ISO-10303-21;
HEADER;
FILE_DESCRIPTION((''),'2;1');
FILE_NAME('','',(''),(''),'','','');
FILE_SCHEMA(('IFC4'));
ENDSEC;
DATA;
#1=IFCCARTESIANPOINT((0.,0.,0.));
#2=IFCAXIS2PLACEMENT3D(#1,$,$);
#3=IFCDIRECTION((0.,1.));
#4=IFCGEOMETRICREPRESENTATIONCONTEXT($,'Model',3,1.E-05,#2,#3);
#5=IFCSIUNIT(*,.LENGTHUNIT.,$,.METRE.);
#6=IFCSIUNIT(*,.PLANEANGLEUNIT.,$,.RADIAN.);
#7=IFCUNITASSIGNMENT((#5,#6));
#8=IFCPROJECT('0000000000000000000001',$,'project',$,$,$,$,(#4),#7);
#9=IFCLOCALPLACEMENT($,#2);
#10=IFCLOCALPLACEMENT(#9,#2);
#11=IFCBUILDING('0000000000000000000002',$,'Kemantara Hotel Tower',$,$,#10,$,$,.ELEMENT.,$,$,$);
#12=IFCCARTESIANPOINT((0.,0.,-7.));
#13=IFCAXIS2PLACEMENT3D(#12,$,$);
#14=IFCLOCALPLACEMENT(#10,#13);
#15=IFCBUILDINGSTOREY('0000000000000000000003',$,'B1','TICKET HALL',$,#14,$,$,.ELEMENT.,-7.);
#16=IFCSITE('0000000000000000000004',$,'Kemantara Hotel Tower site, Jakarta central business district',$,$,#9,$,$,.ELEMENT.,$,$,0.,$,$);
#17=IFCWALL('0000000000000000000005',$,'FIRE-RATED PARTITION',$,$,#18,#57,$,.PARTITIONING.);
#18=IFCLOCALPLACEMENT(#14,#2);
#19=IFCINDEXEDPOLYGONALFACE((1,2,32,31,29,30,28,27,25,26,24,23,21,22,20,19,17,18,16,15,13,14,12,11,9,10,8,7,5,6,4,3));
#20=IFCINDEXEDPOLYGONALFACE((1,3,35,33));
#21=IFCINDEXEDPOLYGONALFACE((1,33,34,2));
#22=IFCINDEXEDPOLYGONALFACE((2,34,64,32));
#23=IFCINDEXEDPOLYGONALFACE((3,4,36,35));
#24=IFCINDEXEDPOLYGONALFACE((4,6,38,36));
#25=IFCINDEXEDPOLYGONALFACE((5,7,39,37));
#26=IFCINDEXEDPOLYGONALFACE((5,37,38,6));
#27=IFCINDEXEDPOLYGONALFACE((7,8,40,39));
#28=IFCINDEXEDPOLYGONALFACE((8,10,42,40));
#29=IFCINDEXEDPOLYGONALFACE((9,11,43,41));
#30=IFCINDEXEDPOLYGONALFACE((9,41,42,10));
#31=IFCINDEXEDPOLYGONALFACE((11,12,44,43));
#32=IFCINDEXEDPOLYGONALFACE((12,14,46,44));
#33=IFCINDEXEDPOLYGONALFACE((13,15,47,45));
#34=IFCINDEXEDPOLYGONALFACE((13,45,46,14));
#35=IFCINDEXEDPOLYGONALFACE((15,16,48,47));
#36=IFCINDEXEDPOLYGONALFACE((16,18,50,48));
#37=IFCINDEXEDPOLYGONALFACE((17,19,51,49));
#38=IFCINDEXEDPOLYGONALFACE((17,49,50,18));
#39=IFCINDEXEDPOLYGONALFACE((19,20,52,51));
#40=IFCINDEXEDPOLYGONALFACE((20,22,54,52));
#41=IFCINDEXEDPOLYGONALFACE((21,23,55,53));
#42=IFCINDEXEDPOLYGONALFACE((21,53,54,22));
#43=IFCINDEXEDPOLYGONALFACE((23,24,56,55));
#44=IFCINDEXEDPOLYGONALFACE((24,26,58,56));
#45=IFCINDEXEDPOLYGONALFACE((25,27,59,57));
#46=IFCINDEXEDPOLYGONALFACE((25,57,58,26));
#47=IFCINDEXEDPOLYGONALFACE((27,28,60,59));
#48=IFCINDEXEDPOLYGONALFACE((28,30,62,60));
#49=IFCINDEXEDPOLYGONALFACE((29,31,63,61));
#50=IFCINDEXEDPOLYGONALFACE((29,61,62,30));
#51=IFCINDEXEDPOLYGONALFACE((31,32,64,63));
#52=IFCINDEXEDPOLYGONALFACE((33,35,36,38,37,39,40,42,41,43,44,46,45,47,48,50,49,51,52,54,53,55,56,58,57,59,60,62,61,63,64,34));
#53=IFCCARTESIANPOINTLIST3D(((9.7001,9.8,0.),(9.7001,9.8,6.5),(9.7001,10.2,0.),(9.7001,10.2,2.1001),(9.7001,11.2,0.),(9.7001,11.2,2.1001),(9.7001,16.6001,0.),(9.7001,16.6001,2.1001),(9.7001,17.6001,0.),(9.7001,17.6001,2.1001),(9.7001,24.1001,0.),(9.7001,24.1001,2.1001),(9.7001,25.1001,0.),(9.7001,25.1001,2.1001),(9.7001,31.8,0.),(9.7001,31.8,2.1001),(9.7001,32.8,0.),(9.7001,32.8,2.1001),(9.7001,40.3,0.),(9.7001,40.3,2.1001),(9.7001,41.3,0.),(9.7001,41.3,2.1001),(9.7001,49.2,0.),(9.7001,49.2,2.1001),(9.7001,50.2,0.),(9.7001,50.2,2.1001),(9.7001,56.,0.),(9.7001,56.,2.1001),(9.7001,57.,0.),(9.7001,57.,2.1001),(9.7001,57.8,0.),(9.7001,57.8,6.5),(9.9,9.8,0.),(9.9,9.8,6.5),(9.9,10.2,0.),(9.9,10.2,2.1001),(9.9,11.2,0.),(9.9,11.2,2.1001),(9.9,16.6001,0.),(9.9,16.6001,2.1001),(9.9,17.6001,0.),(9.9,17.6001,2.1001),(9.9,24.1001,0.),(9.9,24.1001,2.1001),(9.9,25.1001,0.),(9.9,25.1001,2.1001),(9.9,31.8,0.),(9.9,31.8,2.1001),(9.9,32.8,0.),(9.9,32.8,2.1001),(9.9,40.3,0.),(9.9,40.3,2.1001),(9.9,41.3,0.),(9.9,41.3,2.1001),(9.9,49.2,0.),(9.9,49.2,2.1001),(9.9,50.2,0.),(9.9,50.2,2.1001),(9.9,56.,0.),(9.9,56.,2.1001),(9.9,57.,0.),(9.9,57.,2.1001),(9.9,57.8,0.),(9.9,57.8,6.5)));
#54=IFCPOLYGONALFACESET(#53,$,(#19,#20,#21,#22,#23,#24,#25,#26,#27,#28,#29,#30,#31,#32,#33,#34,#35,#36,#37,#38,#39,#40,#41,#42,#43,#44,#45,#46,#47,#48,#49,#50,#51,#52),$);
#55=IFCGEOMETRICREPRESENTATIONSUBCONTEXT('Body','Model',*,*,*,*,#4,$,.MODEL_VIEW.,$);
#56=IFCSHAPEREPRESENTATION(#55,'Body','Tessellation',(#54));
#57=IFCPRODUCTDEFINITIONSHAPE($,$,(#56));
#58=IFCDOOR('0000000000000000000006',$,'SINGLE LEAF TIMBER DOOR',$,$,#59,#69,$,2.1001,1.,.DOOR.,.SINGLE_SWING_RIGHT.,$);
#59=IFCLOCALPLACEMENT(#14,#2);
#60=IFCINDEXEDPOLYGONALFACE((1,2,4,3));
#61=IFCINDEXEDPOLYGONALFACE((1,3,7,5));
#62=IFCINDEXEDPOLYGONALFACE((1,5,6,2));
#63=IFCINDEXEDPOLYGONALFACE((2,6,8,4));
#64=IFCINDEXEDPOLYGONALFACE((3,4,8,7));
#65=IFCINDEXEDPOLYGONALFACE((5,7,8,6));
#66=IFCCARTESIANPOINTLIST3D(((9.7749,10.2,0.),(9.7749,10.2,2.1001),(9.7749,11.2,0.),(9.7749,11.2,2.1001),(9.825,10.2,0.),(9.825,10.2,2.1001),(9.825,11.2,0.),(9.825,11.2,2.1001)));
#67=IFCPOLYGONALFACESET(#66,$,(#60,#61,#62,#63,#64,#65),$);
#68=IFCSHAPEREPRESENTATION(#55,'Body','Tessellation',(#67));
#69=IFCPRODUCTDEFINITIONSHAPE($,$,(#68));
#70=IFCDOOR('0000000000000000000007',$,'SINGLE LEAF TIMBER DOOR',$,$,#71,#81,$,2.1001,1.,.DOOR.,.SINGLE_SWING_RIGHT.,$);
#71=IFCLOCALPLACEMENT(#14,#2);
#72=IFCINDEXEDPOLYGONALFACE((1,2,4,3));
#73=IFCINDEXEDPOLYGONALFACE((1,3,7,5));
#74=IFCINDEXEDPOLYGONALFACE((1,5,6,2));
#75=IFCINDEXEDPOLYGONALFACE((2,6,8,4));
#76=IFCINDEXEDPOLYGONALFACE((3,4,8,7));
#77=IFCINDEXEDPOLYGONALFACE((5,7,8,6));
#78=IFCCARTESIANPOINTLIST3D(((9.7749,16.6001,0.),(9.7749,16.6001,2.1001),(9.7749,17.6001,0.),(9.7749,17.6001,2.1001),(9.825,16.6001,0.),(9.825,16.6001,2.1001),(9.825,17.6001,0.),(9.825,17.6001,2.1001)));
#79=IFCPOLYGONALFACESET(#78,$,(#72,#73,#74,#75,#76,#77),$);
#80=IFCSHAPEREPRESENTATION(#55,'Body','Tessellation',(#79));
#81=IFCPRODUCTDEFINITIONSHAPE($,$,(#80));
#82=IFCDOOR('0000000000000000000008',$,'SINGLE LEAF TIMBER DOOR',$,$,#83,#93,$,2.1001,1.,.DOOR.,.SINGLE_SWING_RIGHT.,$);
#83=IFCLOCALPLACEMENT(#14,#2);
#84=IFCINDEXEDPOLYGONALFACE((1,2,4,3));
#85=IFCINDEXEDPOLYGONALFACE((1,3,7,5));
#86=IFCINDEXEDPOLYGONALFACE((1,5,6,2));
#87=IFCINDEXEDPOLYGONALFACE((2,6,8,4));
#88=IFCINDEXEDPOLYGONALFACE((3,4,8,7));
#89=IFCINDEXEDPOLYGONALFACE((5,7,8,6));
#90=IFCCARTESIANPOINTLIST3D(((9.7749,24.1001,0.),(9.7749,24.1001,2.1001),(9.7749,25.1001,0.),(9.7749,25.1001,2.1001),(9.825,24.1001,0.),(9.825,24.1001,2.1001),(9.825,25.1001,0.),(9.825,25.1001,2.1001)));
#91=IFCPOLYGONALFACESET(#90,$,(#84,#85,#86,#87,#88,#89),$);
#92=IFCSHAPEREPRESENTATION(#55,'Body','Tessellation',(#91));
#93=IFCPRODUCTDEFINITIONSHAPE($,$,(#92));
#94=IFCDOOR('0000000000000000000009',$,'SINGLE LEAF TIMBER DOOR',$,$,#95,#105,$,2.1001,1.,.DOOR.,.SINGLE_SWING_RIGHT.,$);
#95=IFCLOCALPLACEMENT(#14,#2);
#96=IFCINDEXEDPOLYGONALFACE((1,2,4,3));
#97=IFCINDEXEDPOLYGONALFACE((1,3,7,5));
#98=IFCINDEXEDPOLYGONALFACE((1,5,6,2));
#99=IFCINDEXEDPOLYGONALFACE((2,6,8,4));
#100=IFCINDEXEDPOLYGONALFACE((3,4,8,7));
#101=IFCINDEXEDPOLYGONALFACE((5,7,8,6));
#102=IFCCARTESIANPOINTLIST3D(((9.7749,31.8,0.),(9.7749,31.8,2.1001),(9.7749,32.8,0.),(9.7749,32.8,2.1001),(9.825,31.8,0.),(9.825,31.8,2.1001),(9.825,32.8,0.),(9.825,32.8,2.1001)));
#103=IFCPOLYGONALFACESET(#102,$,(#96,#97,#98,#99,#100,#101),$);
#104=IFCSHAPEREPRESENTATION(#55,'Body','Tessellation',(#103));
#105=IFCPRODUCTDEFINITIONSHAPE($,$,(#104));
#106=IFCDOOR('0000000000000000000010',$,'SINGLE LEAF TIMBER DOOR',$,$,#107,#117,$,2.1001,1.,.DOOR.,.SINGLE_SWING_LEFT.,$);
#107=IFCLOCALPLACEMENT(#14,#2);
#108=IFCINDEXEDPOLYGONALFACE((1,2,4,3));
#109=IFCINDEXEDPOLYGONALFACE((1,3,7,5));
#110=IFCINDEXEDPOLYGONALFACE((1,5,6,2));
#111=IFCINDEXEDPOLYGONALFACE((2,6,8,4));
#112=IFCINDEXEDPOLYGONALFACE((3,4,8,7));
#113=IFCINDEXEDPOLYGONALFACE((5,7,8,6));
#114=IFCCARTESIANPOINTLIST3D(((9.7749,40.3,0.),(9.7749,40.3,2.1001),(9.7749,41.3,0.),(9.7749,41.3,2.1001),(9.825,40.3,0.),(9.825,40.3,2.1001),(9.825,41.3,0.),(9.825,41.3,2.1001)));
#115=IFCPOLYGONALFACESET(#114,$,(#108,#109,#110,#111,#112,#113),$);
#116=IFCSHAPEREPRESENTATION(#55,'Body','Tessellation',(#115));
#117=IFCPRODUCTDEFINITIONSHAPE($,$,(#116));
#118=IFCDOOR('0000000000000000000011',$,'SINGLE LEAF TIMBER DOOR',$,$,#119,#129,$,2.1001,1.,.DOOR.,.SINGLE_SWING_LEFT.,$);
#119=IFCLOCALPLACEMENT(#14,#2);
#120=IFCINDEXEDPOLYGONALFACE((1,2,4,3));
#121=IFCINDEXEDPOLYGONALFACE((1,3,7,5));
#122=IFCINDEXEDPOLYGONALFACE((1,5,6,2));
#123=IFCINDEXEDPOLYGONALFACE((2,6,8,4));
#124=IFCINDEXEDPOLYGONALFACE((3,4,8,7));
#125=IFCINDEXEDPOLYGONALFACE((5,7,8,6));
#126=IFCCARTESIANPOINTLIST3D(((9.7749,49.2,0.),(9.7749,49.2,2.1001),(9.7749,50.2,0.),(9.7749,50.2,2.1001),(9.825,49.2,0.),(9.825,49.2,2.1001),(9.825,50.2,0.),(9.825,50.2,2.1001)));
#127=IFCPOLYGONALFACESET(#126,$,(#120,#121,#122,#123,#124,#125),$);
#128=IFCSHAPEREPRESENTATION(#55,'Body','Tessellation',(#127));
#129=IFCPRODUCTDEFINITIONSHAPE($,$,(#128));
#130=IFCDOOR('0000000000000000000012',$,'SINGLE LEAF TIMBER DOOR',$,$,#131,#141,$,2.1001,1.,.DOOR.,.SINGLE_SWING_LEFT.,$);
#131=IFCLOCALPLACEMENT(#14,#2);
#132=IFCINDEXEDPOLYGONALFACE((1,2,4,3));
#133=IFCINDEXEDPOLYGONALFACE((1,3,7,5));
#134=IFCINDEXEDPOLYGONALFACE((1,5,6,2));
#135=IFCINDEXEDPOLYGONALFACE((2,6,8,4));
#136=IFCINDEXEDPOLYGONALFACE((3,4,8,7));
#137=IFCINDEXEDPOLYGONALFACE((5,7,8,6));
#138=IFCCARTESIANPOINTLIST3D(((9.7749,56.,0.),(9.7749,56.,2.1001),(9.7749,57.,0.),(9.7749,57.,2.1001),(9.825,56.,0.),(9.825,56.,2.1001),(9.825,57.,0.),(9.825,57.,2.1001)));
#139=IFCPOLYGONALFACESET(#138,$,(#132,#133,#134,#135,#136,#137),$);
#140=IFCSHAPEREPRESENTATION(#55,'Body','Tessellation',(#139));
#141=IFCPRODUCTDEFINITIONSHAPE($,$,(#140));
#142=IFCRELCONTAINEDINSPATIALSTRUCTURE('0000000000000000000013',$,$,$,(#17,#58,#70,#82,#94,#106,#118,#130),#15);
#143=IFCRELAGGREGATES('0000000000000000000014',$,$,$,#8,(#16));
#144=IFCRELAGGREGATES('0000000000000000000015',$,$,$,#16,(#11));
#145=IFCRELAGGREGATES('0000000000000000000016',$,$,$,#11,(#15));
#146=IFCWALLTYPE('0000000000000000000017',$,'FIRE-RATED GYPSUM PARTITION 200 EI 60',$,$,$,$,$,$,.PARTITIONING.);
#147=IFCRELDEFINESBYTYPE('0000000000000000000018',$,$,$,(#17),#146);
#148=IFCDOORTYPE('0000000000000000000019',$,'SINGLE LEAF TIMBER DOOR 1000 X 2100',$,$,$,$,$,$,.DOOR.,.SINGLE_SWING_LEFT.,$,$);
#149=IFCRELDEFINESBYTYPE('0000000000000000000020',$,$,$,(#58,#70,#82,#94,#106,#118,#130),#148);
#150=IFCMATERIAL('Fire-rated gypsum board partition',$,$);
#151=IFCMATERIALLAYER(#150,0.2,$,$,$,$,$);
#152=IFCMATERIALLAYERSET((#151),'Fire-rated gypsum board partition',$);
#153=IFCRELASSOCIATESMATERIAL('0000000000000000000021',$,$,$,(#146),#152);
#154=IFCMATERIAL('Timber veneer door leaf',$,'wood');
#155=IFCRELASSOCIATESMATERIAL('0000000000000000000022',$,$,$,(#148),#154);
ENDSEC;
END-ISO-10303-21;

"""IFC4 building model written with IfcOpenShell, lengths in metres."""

from ifc_helpers import new_model, si_unit, direction, frame, frame_2d, origin, place, context, subcontext, project, spatial, rectangle, extrude, material, layer, layer_set, type_object, element, fill, save


model = new_model("IFC4")

# Units and contexts
model_context = context("Model", 3, precision=1e-05, world=origin(), true_north=direction((0.0, 1.0)))
body_context = subcontext(model_context, "Body", "Model", "MODEL_VIEW")
ifc_project = project(units=[si_unit("LENGTHUNIT", "METRE"), si_unit("PLANEANGLEUNIT", "RADIAN")], contexts=[model_context])

# Site, building, storey
site_placement = place(None, origin())
site = spatial("IfcSite", under=ifc_project, at=site_placement, Name="Kemantara Hotel Tower site, Jakarta central business district", CompositionType="ELEMENT", RefElevation=0.0)
building_placement = place(site_placement, origin())
building = spatial("IfcBuilding", under=site, at=building_placement, Name="Kemantara Hotel Tower", CompositionType="ELEMENT")
storey_placement = place(building_placement, frame((0.0, 0.0, -7.0)))
storey = spatial("IfcBuildingStorey", under=building, at=storey_placement, Name="B1", Description="TICKET HALL", CompositionType="ELEMENT", Elevation=-7.0)

# Shared definitions
ifc_material_1 = material(Name="Fire-rated gypsum board partition")
ifc_layer_1 = layer(ifc_material_1, 0.2)
ifc_layer_set_1 = layer_set([ifc_layer_1], Name="Fire-rated gypsum board partition")
wall_type_1 = type_object("IfcWallType", Name="FIRE-RATED GYPSUM PARTITION 200 EI 60", PredefinedType="PARTITIONING", material=ifc_layer_set_1)

# Wall, openings, doors
wall_1_placement = place(storey_placement, frame((9.8, 9.8, 0.0), z_axis=(0.0, 0.0, 1.0), x_axis=(0.0, 1.0, 0.0)))
wall_1 = element("IfcWall", 1, at=wall_1_placement, inside=storey, type_object=wall_type_1, Name="FIRE-RATED PARTITION", PredefinedType="PARTITIONING", context=body_context, shape_type="SweptSolid", body=[
    extrude(rectangle(XDim=48.0, YDim=0.2, at=frame_2d((24.0, 0.0))), origin(), (0.0, 0.0, 1.0), 6.5),
])
opening_1_placement = place(wall_1_placement, frame((0.3999, 0.0, 0.0)))
opening_1 = element("IfcOpeningElement", 2, at=opening_1_placement, cuts=wall_1, PredefinedType="OPENING", context=body_context, shape_type="SweptSolid", body=[
    extrude(rectangle(XDim=1.0, YDim=2.1001, at=frame_2d((0.5, 1.05))), frame((0.0, 0.1099, 0.0), z_axis=(0.0, -1.0, 0.0), x_axis=(1.0, 0.0, 0.0)), (0.0, 0.0, 1.0), 0.22),
])
opening_2_placement = place(wall_1_placement, frame((6.8, 0.0, 0.0)))
opening_2 = element("IfcOpeningElement", 3, at=opening_2_placement, cuts=wall_1, PredefinedType="OPENING", context=body_context, shape_type="SweptSolid", body=[
    extrude(rectangle(XDim=1.0, YDim=2.1001, at=frame_2d((0.5, 1.05))), frame((0.0, 0.1099, 0.0), z_axis=(0.0, -1.0, 0.0), x_axis=(1.0, 0.0, 0.0)), (0.0, 0.0, 1.0), 0.22),
])
opening_3_placement = place(wall_1_placement, frame((14.3, 0.0, 0.0)))
opening_3 = element("IfcOpeningElement", 4, at=opening_3_placement, cuts=wall_1, PredefinedType="OPENING", context=body_context, shape_type="SweptSolid", body=[
    extrude(rectangle(XDim=1.0, YDim=2.1001, at=frame_2d((0.5, 1.05))), frame((0.0, 0.1099, 0.0), z_axis=(0.0, -1.0, 0.0), x_axis=(1.0, 0.0, 0.0)), (0.0, 0.0, 1.0), 0.22),
])
opening_4_placement = place(wall_1_placement, frame((22.0, 0.0, 0.0)))
opening_4 = element("IfcOpeningElement", 5, at=opening_4_placement, cuts=wall_1, PredefinedType="OPENING", context=body_context, shape_type="SweptSolid", body=[
    extrude(rectangle(XDim=1.0, YDim=2.1001, at=frame_2d((0.5, 1.05))), frame((0.0, 0.1099, 0.0), z_axis=(0.0, -1.0, 0.0), x_axis=(1.0, 0.0, 0.0)), (0.0, 0.0, 1.0), 0.22),
])
opening_5_placement = place(wall_1_placement, frame((30.5, 0.0, 0.0)))
opening_5 = element("IfcOpeningElement", 6, at=opening_5_placement, cuts=wall_1, PredefinedType="OPENING", context=body_context, shape_type="SweptSolid", body=[
    extrude(rectangle(XDim=1.0, YDim=2.1001, at=frame_2d((0.5, 1.05))), frame((0.0, 0.1099, 0.0), z_axis=(0.0, -1.0, 0.0), x_axis=(1.0, 0.0, 0.0)), (0.0, 0.0, 1.0), 0.22),
])
opening_6_placement = place(wall_1_placement, frame((39.3999, 0.0, 0.0)))
opening_6 = element("IfcOpeningElement", 7, at=opening_6_placement, cuts=wall_1, PredefinedType="OPENING", context=body_context, shape_type="SweptSolid", body=[
    extrude(rectangle(XDim=1.0, YDim=2.1001, at=frame_2d((0.5, 1.05))), frame((0.0, 0.1099, 0.0), z_axis=(0.0, -1.0, 0.0), x_axis=(1.0, 0.0, 0.0)), (0.0, 0.0, 1.0), 0.22),
])
opening_7_placement = place(wall_1_placement, frame((46.2, 0.0, 0.0)))
opening_7 = element("IfcOpeningElement", 8, at=opening_7_placement, cuts=wall_1, PredefinedType="OPENING", context=body_context, shape_type="SweptSolid", body=[
    extrude(rectangle(XDim=1.0, YDim=2.1001, at=frame_2d((0.5, 1.05))), frame((0.0, 0.1099, 0.0), z_axis=(0.0, -1.0, 0.0), x_axis=(1.0, 0.0, 0.0)), (0.0, 0.0, 1.0), 0.22),
])
ifc_material_2 = material(Name="Timber veneer door leaf", Category="wood")
door_type_1 = type_object("IfcDoorType", Name="SINGLE LEAF TIMBER DOOR 1000 X 2100", OperationType="SINGLE_SWING_LEFT", PredefinedType="DOOR", material=ifc_material_2)
door_1_placement = place(opening_1_placement, frame((1.0, 0.0, 0.0), z_axis=(0.0, 0.0, 1.0), x_axis=(-1.0, 0.0, 0.0)))
door_1 = element("IfcDoor", 9, at=door_1_placement, inside=storey, type_object=door_type_1, Name="SINGLE LEAF TIMBER DOOR", OperationType="SINGLE_SWING_RIGHT", OverallHeight=2.1001, OverallWidth=1.0, PredefinedType="DOOR", context=body_context, shape_type="SweptSolid", body=[
    extrude(rectangle(XDim=1.0, YDim=2.1001, at=frame_2d((0.5, 1.05))), frame((0.0, 0.0249, 0.0), z_axis=(0.0, -1.0, 0.0), x_axis=(1.0, 0.0, 0.0)), (0.0, 0.0, 1.0), 0.05),
])
fill(opening_1, door_1)
door_2_placement = place(opening_2_placement, frame((1.0, 0.0, 0.0), z_axis=(0.0, 0.0, 1.0), x_axis=(-1.0, 0.0, 0.0)))
door_2 = element("IfcDoor", 10, at=door_2_placement, inside=storey, type_object=door_type_1, Name="SINGLE LEAF TIMBER DOOR", OperationType="SINGLE_SWING_RIGHT", OverallHeight=2.1001, OverallWidth=1.0, PredefinedType="DOOR", context=body_context, shape_type="SweptSolid", body=[
    extrude(rectangle(XDim=1.0, YDim=2.1001, at=frame_2d((0.5, 1.05))), frame((0.0, 0.0249, 0.0), z_axis=(0.0, -1.0, 0.0), x_axis=(1.0, 0.0, 0.0)), (0.0, 0.0, 1.0), 0.05),
])
fill(opening_2, door_2)
door_3_placement = place(opening_3_placement, frame((1.0, 0.0, 0.0), z_axis=(0.0, 0.0, 1.0), x_axis=(-1.0, 0.0, 0.0)))
door_3 = element("IfcDoor", 11, at=door_3_placement, inside=storey, type_object=door_type_1, Name="SINGLE LEAF TIMBER DOOR", OperationType="SINGLE_SWING_RIGHT", OverallHeight=2.1001, OverallWidth=1.0, PredefinedType="DOOR", context=body_context, shape_type="SweptSolid", body=[
    extrude(rectangle(XDim=1.0, YDim=2.1001, at=frame_2d((0.5, 1.05))), frame((0.0, 0.0249, 0.0), z_axis=(0.0, -1.0, 0.0), x_axis=(1.0, 0.0, 0.0)), (0.0, 0.0, 1.0), 0.05),
])
fill(opening_3, door_3)
door_4_placement = place(opening_4_placement, frame((1.0, 0.0, 0.0), z_axis=(0.0, 0.0, 1.0), x_axis=(-1.0, 0.0, 0.0)))
door_4 = element("IfcDoor", 12, at=door_4_placement, inside=storey, type_object=door_type_1, Name="SINGLE LEAF TIMBER DOOR", OperationType="SINGLE_SWING_RIGHT", OverallHeight=2.1001, OverallWidth=1.0, PredefinedType="DOOR", context=body_context, shape_type="SweptSolid", body=[
    extrude(rectangle(XDim=1.0, YDim=2.1001, at=frame_2d((0.5, 1.05))), frame((0.0, 0.0249, 0.0), z_axis=(0.0, -1.0, 0.0), x_axis=(1.0, 0.0, 0.0)), (0.0, 0.0, 1.0), 0.05),
])
fill(opening_4, door_4)
door_5_placement = place(opening_5_placement, frame((1.0, 0.0, 0.0), z_axis=(0.0, 0.0, 1.0), x_axis=(-1.0, 0.0, 0.0)))
door_5 = element("IfcDoor", 13, at=door_5_placement, inside=storey, type_object=door_type_1, Name="SINGLE LEAF TIMBER DOOR", OperationType="SINGLE_SWING_LEFT", OverallHeight=2.1001, OverallWidth=1.0, PredefinedType="DOOR", context=body_context, shape_type="SweptSolid", body=[
    extrude(rectangle(XDim=1.0, YDim=2.1001, at=frame_2d((0.5, 1.05))), frame((0.0, 0.0249, 0.0), z_axis=(0.0, -1.0, 0.0), x_axis=(1.0, 0.0, 0.0)), (0.0, 0.0, 1.0), 0.05),
])
fill(opening_5, door_5)
door_6_placement = place(opening_6_placement, frame((1.0, 0.0, 0.0), z_axis=(0.0, 0.0, 1.0), x_axis=(-1.0, 0.0, 0.0)))
door_6 = element("IfcDoor", 14, at=door_6_placement, inside=storey, type_object=door_type_1, Name="SINGLE LEAF TIMBER DOOR", OperationType="SINGLE_SWING_LEFT", OverallHeight=2.1001, OverallWidth=1.0, PredefinedType="DOOR", context=body_context, shape_type="SweptSolid", body=[
    extrude(rectangle(XDim=1.0, YDim=2.1001, at=frame_2d((0.5, 1.05))), frame((0.0, 0.0249, 0.0), z_axis=(0.0, -1.0, 0.0), x_axis=(1.0, 0.0, 0.0)), (0.0, 0.0, 1.0), 0.05),
])
fill(opening_6, door_6)
door_7_placement = place(opening_7_placement, frame((1.0, 0.0, 0.0), z_axis=(0.0, 0.0, 1.0), x_axis=(-1.0, 0.0, 0.0)))
door_7 = element("IfcDoor", 15, at=door_7_placement, inside=storey, type_object=door_type_1, Name="SINGLE LEAF TIMBER DOOR", OperationType="SINGLE_SWING_LEFT", OverallHeight=2.1001, OverallWidth=1.0, PredefinedType="DOOR", context=body_context, shape_type="SweptSolid", body=[
    extrude(rectangle(XDim=1.0, YDim=2.1001, at=frame_2d((0.5, 1.05))), frame((0.0, 0.0249, 0.0), z_axis=(0.0, -1.0, 0.0), x_axis=(1.0, 0.0, 0.0)), (0.0, 0.0, 1.0), 0.05),
])
fill(opening_7, door_7)

save(model, "model.ifc")
